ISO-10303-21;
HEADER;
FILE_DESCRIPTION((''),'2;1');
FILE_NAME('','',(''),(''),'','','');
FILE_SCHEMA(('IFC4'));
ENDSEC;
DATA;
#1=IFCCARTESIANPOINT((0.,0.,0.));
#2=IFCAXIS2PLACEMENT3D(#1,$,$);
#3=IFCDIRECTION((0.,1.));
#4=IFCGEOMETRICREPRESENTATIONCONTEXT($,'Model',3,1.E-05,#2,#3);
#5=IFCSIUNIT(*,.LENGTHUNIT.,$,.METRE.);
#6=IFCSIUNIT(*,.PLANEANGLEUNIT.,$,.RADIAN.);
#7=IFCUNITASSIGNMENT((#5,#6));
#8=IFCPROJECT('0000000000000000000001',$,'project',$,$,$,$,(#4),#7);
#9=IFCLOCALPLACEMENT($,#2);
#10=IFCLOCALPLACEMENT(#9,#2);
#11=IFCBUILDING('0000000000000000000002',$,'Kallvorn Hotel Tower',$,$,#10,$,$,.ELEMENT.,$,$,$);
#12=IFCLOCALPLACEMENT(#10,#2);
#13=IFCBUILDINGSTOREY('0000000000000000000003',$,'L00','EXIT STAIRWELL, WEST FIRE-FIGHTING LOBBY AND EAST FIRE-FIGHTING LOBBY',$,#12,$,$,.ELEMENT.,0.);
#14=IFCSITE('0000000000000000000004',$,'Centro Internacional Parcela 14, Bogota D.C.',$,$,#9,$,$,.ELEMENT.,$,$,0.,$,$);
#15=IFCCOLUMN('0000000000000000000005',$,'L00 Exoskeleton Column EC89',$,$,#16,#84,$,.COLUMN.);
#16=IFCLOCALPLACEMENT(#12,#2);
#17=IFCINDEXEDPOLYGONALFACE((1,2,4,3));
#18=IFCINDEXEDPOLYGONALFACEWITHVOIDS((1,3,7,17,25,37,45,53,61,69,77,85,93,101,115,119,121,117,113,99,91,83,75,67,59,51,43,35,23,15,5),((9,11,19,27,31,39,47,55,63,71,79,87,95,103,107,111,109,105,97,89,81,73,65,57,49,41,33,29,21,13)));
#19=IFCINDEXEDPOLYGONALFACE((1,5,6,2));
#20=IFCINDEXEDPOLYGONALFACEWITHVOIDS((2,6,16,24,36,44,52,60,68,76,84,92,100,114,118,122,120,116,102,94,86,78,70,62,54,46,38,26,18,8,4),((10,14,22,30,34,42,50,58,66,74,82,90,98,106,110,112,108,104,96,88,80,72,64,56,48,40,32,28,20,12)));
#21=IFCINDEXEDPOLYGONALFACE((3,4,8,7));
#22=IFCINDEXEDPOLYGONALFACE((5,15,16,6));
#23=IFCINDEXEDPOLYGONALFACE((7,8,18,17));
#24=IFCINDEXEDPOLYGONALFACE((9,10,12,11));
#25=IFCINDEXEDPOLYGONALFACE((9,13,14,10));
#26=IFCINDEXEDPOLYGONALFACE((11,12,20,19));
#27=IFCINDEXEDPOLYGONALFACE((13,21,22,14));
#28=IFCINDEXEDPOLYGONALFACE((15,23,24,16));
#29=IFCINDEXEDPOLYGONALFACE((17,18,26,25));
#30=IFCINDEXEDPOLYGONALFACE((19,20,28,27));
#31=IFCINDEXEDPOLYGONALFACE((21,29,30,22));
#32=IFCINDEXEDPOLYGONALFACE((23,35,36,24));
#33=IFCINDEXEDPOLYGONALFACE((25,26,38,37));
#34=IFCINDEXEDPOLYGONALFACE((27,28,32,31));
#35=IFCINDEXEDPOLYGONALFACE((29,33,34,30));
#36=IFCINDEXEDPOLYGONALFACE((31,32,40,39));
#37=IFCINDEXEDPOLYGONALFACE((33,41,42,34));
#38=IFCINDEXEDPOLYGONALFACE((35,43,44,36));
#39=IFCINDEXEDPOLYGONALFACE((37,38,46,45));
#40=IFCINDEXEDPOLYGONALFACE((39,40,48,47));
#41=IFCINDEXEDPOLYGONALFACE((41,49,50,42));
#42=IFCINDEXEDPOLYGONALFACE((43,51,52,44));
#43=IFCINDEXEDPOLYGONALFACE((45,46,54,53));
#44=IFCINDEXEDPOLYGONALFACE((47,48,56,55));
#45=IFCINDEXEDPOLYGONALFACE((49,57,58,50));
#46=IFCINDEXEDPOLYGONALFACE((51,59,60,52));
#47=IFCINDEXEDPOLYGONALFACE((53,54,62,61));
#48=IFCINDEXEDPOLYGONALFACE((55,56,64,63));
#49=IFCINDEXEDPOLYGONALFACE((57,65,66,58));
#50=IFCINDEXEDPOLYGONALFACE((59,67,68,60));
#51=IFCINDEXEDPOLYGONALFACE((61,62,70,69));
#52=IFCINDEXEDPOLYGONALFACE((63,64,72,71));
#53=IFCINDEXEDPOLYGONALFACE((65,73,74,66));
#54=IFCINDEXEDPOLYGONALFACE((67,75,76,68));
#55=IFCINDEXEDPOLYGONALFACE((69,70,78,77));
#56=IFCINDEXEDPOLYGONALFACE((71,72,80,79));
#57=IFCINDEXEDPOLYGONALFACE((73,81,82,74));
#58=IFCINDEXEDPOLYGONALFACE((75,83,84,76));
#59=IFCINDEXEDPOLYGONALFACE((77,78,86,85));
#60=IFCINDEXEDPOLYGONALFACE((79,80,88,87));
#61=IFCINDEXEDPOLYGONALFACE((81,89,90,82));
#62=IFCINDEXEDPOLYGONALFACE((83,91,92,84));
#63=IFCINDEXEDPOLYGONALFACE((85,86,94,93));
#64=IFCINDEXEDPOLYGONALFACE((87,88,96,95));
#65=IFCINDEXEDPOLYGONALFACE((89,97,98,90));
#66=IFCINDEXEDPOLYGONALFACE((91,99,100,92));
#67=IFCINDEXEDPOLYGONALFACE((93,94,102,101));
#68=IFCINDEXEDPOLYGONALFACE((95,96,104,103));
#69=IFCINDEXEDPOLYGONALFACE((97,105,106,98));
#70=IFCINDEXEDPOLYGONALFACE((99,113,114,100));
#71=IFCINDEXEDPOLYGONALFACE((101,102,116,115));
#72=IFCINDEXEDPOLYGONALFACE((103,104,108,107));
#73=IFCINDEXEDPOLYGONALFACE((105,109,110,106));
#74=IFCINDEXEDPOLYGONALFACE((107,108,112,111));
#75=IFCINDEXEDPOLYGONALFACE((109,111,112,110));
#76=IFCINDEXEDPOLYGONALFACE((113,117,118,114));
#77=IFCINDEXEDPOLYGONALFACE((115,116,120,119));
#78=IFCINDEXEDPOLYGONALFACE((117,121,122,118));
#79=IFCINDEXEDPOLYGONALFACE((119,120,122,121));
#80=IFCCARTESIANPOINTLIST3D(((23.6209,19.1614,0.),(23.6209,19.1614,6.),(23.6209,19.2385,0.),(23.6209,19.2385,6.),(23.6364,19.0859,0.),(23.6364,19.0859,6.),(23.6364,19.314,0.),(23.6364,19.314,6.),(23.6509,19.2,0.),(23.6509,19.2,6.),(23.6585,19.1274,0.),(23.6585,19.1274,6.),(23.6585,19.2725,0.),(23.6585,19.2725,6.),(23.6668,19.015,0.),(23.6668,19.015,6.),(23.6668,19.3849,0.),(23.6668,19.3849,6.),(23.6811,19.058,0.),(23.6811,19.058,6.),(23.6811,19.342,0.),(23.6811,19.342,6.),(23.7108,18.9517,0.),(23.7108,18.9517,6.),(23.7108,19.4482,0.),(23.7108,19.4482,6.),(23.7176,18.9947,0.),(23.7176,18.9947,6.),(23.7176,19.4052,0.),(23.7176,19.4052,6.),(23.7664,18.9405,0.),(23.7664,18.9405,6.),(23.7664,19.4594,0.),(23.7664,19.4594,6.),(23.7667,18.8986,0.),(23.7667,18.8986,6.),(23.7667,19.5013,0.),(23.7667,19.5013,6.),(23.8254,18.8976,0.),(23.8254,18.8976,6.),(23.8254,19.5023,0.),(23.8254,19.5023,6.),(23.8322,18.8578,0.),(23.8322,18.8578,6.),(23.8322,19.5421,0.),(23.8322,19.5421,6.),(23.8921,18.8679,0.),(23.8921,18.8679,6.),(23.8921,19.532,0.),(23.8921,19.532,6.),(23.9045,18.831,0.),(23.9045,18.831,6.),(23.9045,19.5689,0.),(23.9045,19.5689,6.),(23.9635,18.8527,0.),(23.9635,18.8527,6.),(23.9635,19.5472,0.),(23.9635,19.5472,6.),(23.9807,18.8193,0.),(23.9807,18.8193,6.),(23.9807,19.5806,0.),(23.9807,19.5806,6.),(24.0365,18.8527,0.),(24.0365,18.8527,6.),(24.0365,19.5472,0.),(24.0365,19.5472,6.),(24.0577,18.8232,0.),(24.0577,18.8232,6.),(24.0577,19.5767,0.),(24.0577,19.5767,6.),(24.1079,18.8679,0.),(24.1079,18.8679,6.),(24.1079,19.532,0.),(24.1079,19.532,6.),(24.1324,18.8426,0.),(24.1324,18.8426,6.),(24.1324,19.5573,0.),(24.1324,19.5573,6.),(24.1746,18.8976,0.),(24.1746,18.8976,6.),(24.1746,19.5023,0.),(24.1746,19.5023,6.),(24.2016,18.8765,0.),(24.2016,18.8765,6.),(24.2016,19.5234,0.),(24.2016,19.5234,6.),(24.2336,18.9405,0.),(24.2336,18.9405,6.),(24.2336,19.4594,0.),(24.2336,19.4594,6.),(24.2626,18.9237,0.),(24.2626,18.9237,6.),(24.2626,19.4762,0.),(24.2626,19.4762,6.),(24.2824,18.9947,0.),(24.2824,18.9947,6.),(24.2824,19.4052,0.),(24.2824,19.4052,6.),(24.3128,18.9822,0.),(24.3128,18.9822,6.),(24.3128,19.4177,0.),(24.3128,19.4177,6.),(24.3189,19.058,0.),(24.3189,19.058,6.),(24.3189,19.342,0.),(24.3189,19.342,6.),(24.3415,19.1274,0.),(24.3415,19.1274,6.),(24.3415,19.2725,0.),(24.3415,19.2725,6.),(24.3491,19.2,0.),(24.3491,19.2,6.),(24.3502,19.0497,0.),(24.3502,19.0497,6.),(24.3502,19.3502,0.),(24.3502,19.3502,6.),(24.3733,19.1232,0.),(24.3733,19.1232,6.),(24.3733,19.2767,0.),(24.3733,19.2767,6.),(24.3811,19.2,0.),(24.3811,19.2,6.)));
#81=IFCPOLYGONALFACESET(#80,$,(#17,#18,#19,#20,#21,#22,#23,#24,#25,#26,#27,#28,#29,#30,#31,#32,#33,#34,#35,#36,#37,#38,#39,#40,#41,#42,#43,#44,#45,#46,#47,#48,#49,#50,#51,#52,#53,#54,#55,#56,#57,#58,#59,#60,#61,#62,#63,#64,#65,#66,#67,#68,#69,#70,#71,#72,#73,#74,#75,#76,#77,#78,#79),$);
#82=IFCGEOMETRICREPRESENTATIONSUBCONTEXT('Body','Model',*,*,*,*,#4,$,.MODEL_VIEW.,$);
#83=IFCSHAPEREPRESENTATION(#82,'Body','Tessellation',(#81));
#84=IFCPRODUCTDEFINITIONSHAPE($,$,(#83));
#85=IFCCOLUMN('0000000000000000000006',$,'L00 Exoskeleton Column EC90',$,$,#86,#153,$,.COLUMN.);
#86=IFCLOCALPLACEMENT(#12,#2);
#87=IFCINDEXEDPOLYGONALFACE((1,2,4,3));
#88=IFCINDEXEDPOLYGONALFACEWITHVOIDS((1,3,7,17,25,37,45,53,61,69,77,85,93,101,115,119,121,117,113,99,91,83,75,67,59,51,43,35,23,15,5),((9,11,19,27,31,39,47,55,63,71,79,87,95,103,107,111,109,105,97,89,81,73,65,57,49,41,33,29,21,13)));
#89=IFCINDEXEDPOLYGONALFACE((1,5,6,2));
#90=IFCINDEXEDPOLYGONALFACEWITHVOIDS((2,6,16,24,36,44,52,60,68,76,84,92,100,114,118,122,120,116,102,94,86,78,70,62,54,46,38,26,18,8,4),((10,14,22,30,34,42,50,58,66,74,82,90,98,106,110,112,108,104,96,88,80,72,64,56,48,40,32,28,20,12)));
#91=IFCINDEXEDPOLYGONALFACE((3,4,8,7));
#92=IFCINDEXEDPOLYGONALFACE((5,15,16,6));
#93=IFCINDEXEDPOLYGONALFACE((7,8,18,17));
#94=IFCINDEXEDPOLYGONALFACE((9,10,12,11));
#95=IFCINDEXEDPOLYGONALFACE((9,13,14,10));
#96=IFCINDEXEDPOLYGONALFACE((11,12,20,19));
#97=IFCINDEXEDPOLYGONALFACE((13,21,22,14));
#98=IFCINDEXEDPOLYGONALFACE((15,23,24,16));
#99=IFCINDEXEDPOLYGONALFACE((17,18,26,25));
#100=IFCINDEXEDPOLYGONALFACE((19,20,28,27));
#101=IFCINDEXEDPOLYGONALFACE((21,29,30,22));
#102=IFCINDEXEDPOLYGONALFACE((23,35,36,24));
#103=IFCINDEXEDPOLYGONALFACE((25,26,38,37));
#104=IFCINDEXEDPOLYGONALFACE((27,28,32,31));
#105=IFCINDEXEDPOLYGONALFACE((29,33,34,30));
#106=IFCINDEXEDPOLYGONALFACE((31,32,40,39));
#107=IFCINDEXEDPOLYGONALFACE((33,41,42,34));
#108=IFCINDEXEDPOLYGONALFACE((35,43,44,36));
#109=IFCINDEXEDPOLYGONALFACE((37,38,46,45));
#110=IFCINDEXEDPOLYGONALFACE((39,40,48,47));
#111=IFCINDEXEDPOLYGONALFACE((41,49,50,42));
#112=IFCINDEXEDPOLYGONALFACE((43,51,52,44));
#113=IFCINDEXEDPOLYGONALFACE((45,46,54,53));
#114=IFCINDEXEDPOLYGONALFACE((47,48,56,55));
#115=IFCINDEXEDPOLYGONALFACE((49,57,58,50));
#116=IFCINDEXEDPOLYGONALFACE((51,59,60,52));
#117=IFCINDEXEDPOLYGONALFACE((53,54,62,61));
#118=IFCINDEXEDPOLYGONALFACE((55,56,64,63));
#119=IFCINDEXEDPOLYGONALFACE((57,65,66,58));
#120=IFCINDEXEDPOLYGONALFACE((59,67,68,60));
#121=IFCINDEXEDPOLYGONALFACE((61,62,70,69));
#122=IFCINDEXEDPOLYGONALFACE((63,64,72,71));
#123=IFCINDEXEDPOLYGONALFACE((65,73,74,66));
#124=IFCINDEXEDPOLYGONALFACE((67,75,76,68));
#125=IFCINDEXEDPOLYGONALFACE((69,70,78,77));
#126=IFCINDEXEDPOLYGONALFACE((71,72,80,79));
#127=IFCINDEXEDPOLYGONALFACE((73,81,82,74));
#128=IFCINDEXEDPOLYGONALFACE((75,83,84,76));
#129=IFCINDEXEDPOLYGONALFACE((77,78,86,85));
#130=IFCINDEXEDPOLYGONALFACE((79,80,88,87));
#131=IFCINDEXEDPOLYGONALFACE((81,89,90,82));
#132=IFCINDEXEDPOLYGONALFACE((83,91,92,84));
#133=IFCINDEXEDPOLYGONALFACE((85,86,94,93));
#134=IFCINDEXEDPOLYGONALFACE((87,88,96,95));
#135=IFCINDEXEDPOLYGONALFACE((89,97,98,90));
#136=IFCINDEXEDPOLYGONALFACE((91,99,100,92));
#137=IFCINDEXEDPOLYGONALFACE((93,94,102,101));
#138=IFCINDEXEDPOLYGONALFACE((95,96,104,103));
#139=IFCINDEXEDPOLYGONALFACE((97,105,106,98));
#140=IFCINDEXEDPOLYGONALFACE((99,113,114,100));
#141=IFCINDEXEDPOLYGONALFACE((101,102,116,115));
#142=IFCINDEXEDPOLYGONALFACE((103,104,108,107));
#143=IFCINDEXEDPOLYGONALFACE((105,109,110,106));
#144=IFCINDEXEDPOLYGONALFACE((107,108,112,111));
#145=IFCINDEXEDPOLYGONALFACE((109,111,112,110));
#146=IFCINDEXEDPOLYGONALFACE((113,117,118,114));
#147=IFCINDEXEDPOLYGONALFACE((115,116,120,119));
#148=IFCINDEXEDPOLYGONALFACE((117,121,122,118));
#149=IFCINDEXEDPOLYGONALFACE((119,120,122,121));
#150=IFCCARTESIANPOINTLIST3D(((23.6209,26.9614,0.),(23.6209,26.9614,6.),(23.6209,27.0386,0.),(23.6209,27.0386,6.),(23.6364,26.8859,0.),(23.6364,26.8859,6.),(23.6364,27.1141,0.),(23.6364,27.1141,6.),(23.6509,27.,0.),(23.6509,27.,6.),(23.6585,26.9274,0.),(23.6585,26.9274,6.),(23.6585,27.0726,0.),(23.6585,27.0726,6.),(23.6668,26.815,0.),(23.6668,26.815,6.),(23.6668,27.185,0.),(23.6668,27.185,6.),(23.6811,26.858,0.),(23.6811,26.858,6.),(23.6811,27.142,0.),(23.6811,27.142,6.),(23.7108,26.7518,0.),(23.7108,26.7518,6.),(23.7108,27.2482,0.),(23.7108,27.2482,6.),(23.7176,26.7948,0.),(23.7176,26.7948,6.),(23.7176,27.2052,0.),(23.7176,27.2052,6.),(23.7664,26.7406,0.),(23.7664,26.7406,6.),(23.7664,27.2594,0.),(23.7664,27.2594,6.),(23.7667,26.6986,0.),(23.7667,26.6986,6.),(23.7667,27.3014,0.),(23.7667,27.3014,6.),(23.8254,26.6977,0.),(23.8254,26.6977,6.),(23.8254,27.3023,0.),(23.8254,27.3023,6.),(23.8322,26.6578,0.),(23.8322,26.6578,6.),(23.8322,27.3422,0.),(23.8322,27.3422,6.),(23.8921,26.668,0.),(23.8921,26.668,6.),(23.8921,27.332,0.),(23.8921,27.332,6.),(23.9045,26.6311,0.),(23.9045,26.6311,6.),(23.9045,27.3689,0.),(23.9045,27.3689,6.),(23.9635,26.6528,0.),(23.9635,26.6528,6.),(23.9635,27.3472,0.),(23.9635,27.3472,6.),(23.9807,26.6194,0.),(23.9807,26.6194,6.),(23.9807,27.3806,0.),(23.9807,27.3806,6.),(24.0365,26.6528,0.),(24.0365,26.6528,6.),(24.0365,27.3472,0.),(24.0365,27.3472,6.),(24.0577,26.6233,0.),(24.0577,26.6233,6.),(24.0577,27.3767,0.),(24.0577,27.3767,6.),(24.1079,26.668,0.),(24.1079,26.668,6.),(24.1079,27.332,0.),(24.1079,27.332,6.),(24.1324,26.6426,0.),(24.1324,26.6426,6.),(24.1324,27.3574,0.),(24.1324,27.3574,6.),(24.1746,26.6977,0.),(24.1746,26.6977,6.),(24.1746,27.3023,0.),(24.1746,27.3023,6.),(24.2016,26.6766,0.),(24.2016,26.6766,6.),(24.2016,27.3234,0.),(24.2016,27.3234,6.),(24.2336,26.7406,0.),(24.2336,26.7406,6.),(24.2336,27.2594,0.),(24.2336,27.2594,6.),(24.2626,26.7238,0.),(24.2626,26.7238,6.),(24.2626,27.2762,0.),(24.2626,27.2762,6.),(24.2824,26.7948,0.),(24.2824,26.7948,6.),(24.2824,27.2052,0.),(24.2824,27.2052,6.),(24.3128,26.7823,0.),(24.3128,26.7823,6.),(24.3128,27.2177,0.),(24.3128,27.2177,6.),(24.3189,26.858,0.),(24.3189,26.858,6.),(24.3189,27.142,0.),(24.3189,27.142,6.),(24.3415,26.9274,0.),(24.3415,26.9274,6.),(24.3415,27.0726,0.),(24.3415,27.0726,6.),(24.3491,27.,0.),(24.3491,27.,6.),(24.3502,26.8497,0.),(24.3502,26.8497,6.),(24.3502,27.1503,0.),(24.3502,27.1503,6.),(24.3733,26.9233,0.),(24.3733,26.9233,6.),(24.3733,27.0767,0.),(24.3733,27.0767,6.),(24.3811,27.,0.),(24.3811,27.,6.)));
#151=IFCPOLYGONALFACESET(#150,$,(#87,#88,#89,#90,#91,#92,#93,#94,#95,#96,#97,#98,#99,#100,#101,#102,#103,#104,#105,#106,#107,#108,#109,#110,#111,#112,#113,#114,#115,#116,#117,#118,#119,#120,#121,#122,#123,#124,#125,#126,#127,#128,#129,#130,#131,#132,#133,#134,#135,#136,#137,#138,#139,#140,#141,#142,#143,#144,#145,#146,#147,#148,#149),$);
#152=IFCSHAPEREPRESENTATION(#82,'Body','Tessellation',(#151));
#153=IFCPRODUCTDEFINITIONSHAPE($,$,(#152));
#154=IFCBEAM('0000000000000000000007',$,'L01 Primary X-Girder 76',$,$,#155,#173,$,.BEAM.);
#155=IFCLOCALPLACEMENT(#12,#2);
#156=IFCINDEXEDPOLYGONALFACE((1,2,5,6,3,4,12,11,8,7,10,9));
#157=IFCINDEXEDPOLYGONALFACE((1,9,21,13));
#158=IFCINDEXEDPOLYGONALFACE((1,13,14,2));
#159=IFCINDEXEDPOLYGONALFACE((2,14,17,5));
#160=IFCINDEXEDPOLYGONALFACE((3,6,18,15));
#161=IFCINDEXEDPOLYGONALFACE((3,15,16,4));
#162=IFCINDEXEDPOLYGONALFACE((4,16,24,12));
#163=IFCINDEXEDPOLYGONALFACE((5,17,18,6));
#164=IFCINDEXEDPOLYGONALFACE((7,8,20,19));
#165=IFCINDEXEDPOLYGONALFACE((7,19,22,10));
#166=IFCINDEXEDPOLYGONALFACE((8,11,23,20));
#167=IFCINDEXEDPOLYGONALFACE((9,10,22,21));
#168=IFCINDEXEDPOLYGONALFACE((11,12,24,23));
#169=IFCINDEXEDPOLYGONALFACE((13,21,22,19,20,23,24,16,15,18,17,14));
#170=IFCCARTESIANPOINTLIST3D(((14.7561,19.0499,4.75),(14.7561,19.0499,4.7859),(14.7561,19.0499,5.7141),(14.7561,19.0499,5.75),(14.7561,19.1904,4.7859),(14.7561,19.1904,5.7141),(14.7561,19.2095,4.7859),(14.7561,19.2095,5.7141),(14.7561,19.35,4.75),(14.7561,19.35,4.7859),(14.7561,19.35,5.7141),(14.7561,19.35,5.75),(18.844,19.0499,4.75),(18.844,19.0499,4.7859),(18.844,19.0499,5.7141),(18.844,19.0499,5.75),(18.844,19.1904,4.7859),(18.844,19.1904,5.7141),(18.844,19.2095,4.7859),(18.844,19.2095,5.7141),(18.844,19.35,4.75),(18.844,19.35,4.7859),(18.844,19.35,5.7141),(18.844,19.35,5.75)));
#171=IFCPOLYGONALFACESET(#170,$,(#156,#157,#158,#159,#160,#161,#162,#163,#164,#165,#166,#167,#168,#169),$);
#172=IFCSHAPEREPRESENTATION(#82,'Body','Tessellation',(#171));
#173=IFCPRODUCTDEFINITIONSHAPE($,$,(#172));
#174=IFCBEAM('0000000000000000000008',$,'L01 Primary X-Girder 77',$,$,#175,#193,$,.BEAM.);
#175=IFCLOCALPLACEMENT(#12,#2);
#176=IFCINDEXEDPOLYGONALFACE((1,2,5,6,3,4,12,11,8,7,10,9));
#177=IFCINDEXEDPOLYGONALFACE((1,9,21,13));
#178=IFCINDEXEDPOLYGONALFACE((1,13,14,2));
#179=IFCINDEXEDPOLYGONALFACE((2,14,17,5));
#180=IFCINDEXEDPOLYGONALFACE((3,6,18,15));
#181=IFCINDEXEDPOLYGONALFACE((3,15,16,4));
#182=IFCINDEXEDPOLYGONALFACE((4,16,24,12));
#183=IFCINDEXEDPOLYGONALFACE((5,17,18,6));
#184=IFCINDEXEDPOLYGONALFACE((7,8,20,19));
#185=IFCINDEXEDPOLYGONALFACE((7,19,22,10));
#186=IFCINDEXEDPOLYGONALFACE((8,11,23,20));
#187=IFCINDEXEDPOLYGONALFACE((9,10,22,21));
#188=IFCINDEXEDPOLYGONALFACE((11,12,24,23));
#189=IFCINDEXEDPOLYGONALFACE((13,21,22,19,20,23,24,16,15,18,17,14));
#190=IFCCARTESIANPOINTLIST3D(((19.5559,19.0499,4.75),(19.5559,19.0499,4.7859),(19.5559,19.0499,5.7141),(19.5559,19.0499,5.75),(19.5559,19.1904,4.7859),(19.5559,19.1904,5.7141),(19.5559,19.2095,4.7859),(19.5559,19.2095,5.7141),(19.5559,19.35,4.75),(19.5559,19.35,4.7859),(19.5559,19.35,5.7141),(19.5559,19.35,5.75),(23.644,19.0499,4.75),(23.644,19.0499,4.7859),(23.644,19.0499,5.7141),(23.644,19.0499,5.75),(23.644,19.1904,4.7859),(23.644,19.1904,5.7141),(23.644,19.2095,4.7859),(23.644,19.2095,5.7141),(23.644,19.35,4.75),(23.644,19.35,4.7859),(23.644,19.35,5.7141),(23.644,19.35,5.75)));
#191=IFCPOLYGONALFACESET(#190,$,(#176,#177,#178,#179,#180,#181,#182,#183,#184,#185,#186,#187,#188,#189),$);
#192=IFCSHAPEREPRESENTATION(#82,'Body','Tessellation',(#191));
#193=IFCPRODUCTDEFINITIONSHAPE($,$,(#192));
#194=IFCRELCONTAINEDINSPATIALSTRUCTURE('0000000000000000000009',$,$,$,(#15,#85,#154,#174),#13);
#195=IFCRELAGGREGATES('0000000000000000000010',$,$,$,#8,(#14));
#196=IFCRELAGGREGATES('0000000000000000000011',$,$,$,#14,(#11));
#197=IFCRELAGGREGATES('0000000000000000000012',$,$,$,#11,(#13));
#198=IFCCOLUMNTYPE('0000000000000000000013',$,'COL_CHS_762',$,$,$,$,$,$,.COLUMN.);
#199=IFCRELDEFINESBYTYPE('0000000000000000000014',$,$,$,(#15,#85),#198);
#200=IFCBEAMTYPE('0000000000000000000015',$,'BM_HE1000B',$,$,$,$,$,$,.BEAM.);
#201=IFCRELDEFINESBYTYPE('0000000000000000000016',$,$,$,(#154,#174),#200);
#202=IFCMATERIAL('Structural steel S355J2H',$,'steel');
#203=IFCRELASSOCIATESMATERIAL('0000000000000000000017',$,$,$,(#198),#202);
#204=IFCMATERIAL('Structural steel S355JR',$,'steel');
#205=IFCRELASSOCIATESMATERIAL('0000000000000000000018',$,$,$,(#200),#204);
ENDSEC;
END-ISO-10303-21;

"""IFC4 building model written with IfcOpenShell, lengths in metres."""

from ifc_helpers import new_model, si_unit, direction, frame, origin, origin_2d, place, context, subcontext, project, spatial, hollow_circle, i_section, extrude, material, material_profile, profile_set, type_object, element, save


model = new_model("IFC4")

# Units and contexts
model_context = context("Model", 3, precision=1e-05, world=origin(), true_north=direction((0.0, 1.0)))
body_context = subcontext(model_context, "Body", "Model", "MODEL_VIEW")
ifc_project = project(units=[si_unit("LENGTHUNIT", "METRE"), si_unit("PLANEANGLEUNIT", "RADIAN")], contexts=[model_context])

# Site, building, storey
site_placement = place(None, origin())
site = spatial("IfcSite", under=ifc_project, at=site_placement, Name="Centro Internacional Parcela 14, Bogota D.C.", CompositionType="ELEMENT", RefElevation=0.0)
building_placement = place(site_placement, origin())
building = spatial("IfcBuilding", under=site, at=building_placement, Name="Kallvorn Hotel Tower", CompositionType="ELEMENT")
storey_placement = place(building_placement, origin())
storey = spatial("IfcBuildingStorey", under=building, at=storey_placement, Name="L00", Description="EXIT STAIRWELL, WEST FIRE-FIGHTING LOBBY AND EAST FIRE-FIGHTING LOBBY", CompositionType="ELEMENT", Elevation=0.0)

# Columns
ifc_material_1 = material(Name="Structural steel S355J2H", Category="steel")
ifc_material_profile_1 = material_profile(ifc_material_1, hollow_circle(Radius=0.3811, WallThickness=0.032, at=origin_2d()), Name="CHS 762x32")
ifc_profile_set_1 = profile_set([ifc_material_profile_1], Name="Structural steel S355J2H")
column_type = type_object("IfcColumnType", Name="COL_CHS_762", PredefinedType="COLUMN", material=ifc_profile_set_1)
for number, where, z_axis, x_axis, name in (
    (1, (24.0, 19.2, 0.0), (0.0, 0.0, 1.0), (1.0, 0.0, 0.0), "L00 Exoskeleton Column EC89"),
    (2, (24.0, 27.0, 0.0), (0.0, 0.0, 1.0), (1.0, 0.0, 0.0), "L00 Exoskeleton Column EC90"),
):
    element("IfcColumn", number, at=place(storey_placement, frame(where, z_axis=z_axis, x_axis=x_axis)), inside=storey, type_object=column_type, Name=name, PredefinedType="COLUMN", context=body_context, shape_type="SweptSolid", body=[
        extrude(hollow_circle(Radius=0.3811, WallThickness=0.032, at=origin_2d()), origin(), (0.0, 0.0, 1.0), 6.0),
    ])

# Beams
ifc_material_2 = material(Name="Structural steel S355JR", Category="steel")
ifc_material_profile_2 = material_profile(ifc_material_2, i_section(OverallWidth=0.3, OverallDepth=1.0, WebThickness=0.019, FlangeThickness=0.0359, at=origin_2d()), Name="HE 1000 B")
ifc_profile_set_2 = profile_set([ifc_material_profile_2], Name="Structural steel S355JR")
beam_type_1 = type_object("IfcBeamType", Name="BM_HE1000B", PredefinedType="BEAM", material=ifc_profile_set_2)
beam_1_placement = place(storey_placement, frame((14.7561, 19.2, 5.25), z_axis=(1.0, 0.0, 0.0), x_axis=(0.0, 1.0, 0.0)))
element("IfcBeam", 3, at=beam_1_placement, inside=storey, type_object=beam_type_1, Name="L01 Primary X-Girder 76", PredefinedType="BEAM", context=body_context, shape_type="SweptSolid", body=[
    extrude(i_section(OverallWidth=0.3, OverallDepth=1.0, WebThickness=0.019, FlangeThickness=0.0359, at=origin_2d()), origin(), (0.0, 0.0, 1.0), 4.0879),
])
for number, where, z_axis, x_axis, name in (
    (4, (19.5559, 19.2, 5.25), (1.0, 0.0, 0.0), (0.0, 1.0, 0.0), "L01 Primary X-Girder 77"),
):
    element("IfcBeam", number, at=place(storey_placement, frame(where, z_axis=z_axis, x_axis=x_axis)), inside=storey, type_object=beam_type_1, Name=name, PredefinedType="BEAM", context=body_context, shape_type="SweptSolid", body=[
        extrude(i_section(OverallWidth=0.3, OverallDepth=1.0, WebThickness=0.019, FlangeThickness=0.0359, at=origin_2d()), origin(), (0.0, 0.0, 1.0), 4.0881),
    ])

save(model, "model.ifc")
